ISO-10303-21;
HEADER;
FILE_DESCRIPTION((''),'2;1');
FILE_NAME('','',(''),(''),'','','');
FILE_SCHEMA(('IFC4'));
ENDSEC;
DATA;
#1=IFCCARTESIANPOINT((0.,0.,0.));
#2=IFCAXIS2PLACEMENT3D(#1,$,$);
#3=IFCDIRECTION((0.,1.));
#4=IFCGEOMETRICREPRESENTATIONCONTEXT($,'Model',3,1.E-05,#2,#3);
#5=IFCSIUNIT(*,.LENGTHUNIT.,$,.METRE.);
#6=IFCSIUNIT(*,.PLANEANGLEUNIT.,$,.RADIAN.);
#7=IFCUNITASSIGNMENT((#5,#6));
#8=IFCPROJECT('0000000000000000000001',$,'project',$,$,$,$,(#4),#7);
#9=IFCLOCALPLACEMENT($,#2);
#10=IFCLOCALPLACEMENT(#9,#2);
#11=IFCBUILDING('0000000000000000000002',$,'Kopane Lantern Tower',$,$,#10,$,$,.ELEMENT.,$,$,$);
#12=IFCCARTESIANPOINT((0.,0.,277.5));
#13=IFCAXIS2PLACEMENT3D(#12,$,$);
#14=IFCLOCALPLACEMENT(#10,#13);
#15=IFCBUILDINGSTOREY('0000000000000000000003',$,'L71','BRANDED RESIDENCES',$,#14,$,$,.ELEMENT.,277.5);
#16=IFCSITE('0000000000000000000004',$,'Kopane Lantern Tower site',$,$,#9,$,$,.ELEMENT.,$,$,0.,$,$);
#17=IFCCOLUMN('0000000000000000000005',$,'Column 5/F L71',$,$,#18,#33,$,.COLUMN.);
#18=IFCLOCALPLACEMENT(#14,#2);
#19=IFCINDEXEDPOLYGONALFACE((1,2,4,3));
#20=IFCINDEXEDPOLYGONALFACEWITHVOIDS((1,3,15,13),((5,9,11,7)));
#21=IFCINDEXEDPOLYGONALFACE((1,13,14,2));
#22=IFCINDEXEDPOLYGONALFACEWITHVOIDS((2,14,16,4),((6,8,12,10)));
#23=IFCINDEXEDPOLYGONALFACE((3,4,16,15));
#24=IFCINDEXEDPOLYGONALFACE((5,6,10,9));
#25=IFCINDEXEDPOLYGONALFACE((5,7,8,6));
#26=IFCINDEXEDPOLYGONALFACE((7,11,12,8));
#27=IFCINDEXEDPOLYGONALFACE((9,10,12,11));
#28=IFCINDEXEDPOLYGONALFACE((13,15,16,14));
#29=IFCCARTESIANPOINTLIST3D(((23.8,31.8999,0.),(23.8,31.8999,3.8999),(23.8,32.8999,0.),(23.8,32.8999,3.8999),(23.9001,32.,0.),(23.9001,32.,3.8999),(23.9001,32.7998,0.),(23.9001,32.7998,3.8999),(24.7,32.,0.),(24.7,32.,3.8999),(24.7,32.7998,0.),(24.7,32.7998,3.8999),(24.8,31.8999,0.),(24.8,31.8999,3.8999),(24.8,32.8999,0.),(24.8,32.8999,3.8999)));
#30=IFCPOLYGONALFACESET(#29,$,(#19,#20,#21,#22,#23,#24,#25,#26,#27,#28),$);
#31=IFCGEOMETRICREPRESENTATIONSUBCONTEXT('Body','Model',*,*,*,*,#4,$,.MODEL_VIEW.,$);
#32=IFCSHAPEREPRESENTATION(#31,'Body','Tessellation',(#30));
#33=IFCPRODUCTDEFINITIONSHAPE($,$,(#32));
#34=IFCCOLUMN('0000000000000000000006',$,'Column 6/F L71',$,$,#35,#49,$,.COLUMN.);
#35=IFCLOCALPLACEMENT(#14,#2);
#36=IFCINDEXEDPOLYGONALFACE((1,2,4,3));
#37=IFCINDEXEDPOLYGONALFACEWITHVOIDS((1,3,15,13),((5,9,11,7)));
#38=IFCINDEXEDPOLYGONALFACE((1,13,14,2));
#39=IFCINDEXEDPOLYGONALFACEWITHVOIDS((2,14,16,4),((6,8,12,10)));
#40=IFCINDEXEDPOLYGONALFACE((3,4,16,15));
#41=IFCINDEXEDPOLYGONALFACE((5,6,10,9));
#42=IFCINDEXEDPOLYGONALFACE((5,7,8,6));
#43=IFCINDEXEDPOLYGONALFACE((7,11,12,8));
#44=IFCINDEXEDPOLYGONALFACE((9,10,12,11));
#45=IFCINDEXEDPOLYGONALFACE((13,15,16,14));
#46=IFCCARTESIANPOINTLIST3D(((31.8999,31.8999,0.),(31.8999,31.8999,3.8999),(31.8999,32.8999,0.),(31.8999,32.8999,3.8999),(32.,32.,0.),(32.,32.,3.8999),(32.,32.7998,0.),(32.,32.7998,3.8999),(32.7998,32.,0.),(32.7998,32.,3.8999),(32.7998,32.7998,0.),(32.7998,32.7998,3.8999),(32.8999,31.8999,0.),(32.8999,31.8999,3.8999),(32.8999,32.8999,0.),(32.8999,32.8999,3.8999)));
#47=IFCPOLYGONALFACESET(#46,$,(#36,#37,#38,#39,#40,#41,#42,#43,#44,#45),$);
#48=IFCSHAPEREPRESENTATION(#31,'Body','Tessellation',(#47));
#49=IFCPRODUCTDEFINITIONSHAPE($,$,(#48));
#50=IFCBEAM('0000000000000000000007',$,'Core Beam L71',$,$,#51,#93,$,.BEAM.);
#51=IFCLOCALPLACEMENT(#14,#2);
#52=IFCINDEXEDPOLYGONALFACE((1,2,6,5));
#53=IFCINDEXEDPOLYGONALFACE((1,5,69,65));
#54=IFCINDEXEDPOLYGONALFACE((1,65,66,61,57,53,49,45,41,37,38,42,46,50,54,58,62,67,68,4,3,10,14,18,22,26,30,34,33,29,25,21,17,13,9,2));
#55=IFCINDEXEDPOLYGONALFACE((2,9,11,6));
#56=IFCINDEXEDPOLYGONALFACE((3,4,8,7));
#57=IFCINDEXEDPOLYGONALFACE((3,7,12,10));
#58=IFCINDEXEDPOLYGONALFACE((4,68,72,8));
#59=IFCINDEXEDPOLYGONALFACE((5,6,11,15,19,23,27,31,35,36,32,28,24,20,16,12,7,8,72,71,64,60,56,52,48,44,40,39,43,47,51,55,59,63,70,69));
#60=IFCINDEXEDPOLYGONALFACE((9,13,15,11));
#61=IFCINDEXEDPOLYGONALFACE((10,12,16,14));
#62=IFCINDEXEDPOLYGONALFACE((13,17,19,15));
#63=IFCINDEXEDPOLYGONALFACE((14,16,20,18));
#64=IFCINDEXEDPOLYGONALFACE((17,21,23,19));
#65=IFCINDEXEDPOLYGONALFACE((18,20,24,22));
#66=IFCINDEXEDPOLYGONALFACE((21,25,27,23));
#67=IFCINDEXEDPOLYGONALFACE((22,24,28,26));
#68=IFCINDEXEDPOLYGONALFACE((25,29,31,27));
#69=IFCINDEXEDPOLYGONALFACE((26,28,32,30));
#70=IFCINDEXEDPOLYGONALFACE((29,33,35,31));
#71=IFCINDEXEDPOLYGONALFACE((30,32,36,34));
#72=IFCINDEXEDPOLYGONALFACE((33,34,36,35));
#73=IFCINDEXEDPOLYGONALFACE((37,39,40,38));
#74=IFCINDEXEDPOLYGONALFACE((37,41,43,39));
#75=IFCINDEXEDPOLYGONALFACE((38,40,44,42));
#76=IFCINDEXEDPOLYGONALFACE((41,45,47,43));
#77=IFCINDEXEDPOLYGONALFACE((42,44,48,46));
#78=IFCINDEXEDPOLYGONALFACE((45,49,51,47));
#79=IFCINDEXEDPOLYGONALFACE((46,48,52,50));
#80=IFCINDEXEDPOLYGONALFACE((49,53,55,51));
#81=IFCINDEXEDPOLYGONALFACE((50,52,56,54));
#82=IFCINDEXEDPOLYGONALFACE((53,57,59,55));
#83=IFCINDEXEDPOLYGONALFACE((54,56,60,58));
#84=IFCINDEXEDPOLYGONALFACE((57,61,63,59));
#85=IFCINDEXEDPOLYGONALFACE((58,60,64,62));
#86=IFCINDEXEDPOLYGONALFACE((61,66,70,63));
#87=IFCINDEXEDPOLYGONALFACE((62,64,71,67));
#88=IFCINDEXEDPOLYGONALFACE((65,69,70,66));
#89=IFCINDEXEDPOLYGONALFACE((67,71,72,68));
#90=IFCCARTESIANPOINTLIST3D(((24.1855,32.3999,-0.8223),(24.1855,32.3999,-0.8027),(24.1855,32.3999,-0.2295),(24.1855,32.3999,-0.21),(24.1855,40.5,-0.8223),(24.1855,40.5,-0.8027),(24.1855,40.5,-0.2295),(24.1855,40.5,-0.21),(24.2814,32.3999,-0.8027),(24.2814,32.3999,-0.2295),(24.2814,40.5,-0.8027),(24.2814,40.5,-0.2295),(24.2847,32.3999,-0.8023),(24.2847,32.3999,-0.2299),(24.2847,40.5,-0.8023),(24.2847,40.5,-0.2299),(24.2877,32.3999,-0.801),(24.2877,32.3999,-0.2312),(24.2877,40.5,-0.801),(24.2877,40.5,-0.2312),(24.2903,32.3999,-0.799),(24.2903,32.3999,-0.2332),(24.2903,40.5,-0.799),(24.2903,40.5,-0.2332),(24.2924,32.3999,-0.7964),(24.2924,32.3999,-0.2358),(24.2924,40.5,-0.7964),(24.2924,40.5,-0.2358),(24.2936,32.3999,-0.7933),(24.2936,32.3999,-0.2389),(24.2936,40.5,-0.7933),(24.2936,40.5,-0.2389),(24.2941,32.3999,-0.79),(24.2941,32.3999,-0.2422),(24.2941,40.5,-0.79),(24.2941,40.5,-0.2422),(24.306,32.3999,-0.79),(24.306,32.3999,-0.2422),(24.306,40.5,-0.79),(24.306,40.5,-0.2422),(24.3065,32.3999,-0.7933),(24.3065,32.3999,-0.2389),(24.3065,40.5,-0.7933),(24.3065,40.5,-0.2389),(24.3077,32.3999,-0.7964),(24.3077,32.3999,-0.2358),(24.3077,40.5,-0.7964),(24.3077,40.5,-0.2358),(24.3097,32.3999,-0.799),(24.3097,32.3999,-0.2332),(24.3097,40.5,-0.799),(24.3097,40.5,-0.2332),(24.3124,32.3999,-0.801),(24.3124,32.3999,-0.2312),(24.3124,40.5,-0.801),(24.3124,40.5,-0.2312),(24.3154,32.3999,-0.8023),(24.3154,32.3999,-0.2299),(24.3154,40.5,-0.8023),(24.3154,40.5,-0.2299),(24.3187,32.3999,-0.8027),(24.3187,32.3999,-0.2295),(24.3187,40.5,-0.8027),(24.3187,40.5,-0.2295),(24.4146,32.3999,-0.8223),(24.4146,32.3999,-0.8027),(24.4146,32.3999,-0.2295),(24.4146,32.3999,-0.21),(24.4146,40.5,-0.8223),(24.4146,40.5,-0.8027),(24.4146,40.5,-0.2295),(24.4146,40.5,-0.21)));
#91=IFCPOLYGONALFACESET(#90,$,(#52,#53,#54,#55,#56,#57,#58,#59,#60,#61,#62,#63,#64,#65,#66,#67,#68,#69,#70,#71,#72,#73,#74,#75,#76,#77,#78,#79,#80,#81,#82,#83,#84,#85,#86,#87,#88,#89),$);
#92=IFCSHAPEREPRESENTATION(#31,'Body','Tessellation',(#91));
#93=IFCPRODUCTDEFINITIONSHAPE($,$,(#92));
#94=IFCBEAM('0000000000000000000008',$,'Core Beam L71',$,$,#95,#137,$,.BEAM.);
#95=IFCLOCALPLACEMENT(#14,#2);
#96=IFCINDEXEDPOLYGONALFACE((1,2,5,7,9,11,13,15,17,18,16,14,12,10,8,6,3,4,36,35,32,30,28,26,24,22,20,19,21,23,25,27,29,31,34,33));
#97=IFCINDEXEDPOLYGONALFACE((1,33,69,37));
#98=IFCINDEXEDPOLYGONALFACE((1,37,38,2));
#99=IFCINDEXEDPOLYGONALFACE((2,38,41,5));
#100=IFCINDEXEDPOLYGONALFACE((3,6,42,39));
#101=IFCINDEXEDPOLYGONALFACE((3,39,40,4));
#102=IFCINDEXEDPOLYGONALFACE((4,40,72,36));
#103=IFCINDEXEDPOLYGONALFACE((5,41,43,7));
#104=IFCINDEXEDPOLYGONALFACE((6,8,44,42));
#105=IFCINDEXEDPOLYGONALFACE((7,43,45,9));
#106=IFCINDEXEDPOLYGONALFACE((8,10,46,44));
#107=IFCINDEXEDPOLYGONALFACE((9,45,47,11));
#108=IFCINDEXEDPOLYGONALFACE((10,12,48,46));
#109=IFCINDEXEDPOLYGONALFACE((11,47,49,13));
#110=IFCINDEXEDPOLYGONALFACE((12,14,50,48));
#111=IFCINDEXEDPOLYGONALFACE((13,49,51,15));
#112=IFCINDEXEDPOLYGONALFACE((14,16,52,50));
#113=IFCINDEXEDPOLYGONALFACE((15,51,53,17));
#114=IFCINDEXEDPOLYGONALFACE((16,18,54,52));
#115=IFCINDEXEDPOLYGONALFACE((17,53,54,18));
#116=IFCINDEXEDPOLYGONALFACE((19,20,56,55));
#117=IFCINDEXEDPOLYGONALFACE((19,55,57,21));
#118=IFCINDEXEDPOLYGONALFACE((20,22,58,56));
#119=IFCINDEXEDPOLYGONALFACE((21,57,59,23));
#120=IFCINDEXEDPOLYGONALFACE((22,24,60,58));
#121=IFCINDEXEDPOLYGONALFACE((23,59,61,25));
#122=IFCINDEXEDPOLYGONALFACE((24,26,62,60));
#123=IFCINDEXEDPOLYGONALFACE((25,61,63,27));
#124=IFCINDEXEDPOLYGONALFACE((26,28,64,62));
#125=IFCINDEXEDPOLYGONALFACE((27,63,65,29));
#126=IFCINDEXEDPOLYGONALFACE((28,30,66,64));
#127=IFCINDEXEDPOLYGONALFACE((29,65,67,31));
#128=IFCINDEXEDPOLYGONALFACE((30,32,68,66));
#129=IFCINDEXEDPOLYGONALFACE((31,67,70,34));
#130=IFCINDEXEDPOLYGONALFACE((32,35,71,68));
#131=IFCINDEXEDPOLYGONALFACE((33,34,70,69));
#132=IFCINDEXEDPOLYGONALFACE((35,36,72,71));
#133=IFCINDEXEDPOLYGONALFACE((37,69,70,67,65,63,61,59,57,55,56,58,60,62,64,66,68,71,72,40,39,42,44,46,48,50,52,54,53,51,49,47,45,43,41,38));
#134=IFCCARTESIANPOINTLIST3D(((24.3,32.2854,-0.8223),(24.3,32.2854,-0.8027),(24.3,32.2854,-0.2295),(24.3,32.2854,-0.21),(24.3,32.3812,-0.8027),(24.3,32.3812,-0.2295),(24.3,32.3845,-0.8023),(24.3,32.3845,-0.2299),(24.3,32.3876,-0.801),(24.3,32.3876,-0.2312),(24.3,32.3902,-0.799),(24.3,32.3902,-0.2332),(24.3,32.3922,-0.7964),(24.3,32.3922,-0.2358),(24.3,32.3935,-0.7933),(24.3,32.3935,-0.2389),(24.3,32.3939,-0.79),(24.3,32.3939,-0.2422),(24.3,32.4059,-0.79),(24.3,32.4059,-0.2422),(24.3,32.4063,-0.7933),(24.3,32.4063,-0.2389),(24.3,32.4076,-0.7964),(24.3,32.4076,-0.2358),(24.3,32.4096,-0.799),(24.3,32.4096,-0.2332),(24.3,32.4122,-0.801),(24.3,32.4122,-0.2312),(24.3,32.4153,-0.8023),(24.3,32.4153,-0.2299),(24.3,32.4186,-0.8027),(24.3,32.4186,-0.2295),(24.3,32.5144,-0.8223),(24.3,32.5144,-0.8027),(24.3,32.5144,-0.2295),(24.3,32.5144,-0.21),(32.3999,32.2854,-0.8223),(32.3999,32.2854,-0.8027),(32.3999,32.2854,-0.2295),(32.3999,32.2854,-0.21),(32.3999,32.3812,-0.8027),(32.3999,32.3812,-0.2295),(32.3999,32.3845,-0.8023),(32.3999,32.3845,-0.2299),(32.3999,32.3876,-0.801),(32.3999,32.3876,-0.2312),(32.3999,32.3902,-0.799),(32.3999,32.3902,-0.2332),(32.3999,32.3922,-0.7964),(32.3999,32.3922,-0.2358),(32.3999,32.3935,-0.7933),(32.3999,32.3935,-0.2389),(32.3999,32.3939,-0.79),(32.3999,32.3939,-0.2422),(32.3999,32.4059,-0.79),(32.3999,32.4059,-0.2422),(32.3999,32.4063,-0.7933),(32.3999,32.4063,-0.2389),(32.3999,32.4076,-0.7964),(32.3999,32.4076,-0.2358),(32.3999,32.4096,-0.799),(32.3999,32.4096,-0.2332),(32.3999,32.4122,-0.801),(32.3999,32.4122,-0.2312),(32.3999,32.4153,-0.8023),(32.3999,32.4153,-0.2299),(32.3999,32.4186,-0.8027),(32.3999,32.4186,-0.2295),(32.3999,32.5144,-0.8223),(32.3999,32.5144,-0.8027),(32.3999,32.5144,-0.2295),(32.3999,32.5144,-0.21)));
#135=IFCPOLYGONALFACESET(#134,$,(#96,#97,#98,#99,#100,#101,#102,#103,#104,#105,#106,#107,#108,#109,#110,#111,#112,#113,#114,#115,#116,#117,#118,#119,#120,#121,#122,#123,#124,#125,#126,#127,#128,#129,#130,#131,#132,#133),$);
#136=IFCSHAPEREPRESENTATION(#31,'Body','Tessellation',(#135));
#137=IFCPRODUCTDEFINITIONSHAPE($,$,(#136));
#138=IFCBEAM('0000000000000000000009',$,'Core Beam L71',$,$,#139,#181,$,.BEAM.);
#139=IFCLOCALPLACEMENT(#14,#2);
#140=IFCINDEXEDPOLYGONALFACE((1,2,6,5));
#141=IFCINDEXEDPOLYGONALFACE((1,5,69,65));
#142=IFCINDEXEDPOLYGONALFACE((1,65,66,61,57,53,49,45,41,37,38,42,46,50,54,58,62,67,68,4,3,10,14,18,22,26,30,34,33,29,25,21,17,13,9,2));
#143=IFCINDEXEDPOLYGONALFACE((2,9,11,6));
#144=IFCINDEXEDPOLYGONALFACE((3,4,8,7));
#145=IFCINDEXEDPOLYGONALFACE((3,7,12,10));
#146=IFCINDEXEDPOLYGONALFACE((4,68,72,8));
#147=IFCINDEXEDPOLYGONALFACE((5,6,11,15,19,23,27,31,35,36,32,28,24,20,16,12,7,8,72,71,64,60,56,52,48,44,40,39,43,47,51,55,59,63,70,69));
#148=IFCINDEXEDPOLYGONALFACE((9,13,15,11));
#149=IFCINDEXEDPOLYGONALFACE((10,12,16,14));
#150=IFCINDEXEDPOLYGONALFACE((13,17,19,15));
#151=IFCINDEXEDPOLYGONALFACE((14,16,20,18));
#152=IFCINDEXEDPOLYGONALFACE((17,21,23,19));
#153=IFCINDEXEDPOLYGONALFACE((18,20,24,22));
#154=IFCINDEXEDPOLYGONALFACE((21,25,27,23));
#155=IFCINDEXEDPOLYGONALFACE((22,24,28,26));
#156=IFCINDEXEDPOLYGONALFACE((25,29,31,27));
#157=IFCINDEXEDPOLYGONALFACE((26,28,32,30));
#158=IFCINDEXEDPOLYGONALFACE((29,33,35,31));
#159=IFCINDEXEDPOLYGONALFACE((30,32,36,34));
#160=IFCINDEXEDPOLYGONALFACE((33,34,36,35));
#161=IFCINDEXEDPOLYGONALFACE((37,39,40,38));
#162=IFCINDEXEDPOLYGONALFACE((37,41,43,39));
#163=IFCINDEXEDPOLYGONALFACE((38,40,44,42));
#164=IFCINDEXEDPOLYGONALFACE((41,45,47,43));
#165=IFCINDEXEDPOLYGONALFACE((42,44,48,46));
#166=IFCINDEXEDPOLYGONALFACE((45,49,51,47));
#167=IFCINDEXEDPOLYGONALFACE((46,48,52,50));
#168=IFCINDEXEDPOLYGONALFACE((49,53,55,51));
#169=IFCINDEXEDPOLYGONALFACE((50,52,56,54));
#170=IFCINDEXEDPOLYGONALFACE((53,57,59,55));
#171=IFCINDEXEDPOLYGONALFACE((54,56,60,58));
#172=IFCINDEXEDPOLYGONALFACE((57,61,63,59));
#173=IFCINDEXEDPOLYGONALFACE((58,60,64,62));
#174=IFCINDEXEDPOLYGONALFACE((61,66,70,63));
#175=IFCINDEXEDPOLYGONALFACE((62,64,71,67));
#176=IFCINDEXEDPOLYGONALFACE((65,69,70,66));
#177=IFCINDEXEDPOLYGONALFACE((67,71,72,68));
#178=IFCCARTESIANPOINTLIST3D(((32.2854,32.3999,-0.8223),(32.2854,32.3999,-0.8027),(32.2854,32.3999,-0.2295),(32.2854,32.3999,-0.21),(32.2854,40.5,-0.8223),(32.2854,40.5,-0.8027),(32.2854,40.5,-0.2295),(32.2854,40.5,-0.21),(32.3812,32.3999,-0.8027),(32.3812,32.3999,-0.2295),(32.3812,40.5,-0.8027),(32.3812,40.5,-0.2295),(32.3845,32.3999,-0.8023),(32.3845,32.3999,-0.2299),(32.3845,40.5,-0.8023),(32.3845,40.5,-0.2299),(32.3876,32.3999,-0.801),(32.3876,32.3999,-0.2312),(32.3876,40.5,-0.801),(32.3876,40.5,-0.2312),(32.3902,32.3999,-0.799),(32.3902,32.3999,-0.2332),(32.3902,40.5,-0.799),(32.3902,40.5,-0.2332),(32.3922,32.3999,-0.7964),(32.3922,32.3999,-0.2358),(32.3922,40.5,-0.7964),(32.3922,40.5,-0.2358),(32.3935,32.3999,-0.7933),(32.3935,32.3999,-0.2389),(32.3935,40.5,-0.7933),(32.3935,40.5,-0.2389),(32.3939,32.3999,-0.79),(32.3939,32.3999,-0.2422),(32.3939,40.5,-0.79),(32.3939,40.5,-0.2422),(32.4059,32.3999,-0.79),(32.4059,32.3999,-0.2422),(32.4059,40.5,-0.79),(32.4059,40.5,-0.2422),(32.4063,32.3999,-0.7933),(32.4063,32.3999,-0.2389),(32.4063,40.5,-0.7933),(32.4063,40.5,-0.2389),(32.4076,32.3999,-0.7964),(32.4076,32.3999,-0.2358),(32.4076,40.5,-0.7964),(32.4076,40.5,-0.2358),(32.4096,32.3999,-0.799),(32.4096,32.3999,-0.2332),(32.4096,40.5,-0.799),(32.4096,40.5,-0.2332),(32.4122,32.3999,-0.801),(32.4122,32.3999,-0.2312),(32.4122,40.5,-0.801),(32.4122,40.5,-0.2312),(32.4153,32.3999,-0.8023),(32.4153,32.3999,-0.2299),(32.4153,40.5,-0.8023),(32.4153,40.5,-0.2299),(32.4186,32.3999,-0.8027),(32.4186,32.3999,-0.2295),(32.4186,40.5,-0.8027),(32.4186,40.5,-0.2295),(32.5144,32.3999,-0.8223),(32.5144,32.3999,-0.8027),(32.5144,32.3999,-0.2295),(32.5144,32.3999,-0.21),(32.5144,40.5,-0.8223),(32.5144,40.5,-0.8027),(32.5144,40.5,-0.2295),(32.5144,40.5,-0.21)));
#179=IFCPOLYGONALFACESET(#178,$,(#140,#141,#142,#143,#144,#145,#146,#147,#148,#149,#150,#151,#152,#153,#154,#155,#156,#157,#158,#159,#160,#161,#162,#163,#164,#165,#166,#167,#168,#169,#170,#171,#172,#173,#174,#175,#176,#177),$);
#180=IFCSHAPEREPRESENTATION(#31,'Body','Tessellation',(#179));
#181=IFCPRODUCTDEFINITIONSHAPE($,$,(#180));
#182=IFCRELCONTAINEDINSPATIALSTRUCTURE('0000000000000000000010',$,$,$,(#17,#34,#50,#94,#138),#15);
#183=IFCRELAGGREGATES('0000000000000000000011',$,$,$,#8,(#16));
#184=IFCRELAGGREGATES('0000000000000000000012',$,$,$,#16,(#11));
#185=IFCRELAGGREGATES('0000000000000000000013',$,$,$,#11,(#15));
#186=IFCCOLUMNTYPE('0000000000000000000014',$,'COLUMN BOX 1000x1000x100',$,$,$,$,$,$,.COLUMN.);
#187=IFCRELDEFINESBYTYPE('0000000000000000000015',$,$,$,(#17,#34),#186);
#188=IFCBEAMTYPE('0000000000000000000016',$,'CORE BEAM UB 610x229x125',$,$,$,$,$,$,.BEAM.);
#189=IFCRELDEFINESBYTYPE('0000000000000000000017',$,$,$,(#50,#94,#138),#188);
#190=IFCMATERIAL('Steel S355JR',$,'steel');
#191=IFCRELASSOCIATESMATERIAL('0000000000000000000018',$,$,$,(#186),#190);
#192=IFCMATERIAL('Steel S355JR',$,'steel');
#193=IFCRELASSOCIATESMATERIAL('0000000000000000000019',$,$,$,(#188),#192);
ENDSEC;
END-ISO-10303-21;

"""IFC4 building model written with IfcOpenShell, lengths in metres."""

from ifc_helpers import new_model, si_unit, direction, frame, origin, origin_2d, place, context, subcontext, project, spatial, hollow_rectangle, i_section, extrude, material, material_profile, profile_set, type_object, element, save


model = new_model("IFC4")

# Units and contexts
model_context = context("Model", 3, precision=1e-05, world=origin(), true_north=direction((0.0, 1.0)))
body_context = subcontext(model_context, "Body", "Model", "MODEL_VIEW")
ifc_project = project(units=[si_unit("LENGTHUNIT", "METRE"), si_unit("PLANEANGLEUNIT", "RADIAN")], contexts=[model_context])

# Site, building, storey
site_placement = place(None, origin())
site = spatial("IfcSite", under=ifc_project, at=site_placement, Name="Kopane Lantern Tower site", CompositionType="ELEMENT", RefElevation=0.0)
building_placement = place(site_placement, origin())
building = spatial("IfcBuilding", under=site, at=building_placement, Name="Kopane Lantern Tower", CompositionType="ELEMENT")
storey_placement = place(building_placement, frame((0.0, 0.0, 277.5)))
storey = spatial("IfcBuildingStorey", under=building, at=storey_placement, Name="L71", Description="BRANDED RESIDENCES", CompositionType="ELEMENT", Elevation=277.5)

# Columns
ifc_material_1 = material(Name="Steel S355JR", Category="steel")
ifc_material_profile_1 = material_profile(ifc_material_1, hollow_rectangle(XDim=1.0, YDim=1.0, WallThickness=0.1001, at=origin_2d()), Name="BOX 1000x1000x100")
ifc_profile_set_1 = profile_set([ifc_material_profile_1], Name="Steel S355JR")
column_type = type_object("IfcColumnType", Name="COLUMN BOX 1000x1000x100", PredefinedType="COLUMN", material=ifc_profile_set_1)
for number, where, z_axis, x_axis, name in (
    (1, (24.3, 32.3999, 0.0), (0.0, 0.0, 1.0), (1.0, 0.0, 0.0), "Column 5/F L71"),
    (2, (32.3999, 32.3999, 0.0), (0.0, 0.0, 1.0), (1.0, 0.0, 0.0), "Column 6/F L71"),
):
    element("IfcColumn", number, at=place(storey_placement, frame(where, z_axis=z_axis, x_axis=x_axis)), inside=storey, type_object=column_type, Name=name, PredefinedType="COLUMN", context=body_context, shape_type="SweptSolid", body=[
        extrude(hollow_rectangle(XDim=1.0, YDim=1.0, WallThickness=0.1001, at=origin_2d()), origin(), (0.0, 0.0, 1.0), 3.8999),
    ])

# Beams
ifc_material_2 = material(Name="Steel S355JR", Category="steel")
ifc_material_profile_2 = material_profile(ifc_material_2, i_section(OverallWidth=0.229, OverallDepth=0.6123, WebThickness=0.012, FlangeThickness=0.0195, FilletRadius=0.0127, at=origin_2d()), Name="UB 610x229x125")
ifc_profile_set_2 = profile_set([ifc_material_profile_2], Name="Steel S355JR")
beam_type = type_object("IfcBeamType", Name="CORE BEAM UB 610x229x125", PredefinedType="BEAM", material=ifc_profile_set_2)
beam_1_placement = place(storey_placement, frame((24.3, 32.3999, -0.5161), z_axis=(0.0, 1.0, 0.0), x_axis=(-1.0, 0.0, 0.0)))
element("IfcBeam", 3, at=beam_1_placement, inside=storey, type_object=beam_type, Name="Core Beam L71", PredefinedType="BEAM", context=body_context, shape_type="SweptSolid", body=[
    extrude(i_section(OverallWidth=0.229, OverallDepth=0.6123, WebThickness=0.012, FlangeThickness=0.0195, FilletRadius=0.0127, at=origin_2d()), origin(), (0.0, 0.0, 1.0), 8.1001),
])
beam_2_placement = place(storey_placement, frame((24.3, 32.3999, -0.5161), z_axis=(1.0, 0.0, 0.0), x_axis=(0.0, 1.0, 0.0)))
element("IfcBeam", 4, at=beam_2_placement, inside=storey, type_object=beam_type, Name="Core Beam L71", PredefinedType="BEAM", context=body_context, shape_type="SweptSolid", body=[
    extrude(i_section(OverallWidth=0.229, OverallDepth=0.6123, WebThickness=0.012, FlangeThickness=0.0195, FilletRadius=0.0127, at=origin_2d()), origin(), (0.0, 0.0, 1.0), 8.0999),
])
for number, where, z_axis, x_axis, name in (
    (5, (32.3999, 32.3999, -0.5161), (0.0, 1.0, 0.0), (-1.0, 0.0, 0.0), "Core Beam L71"),
):
    element("IfcBeam", number, at=place(storey_placement, frame(where, z_axis=z_axis, x_axis=x_axis)), inside=storey, type_object=beam_type, Name=name, PredefinedType="BEAM", context=body_context, shape_type="SweptSolid", body=[
        extrude(i_section(OverallWidth=0.229, OverallDepth=0.6123, WebThickness=0.012, FlangeThickness=0.0195, FilletRadius=0.0127, at=origin_2d()), origin(), (0.0, 0.0, 1.0), 8.1001),
    ])

save(model, "model.ifc")
